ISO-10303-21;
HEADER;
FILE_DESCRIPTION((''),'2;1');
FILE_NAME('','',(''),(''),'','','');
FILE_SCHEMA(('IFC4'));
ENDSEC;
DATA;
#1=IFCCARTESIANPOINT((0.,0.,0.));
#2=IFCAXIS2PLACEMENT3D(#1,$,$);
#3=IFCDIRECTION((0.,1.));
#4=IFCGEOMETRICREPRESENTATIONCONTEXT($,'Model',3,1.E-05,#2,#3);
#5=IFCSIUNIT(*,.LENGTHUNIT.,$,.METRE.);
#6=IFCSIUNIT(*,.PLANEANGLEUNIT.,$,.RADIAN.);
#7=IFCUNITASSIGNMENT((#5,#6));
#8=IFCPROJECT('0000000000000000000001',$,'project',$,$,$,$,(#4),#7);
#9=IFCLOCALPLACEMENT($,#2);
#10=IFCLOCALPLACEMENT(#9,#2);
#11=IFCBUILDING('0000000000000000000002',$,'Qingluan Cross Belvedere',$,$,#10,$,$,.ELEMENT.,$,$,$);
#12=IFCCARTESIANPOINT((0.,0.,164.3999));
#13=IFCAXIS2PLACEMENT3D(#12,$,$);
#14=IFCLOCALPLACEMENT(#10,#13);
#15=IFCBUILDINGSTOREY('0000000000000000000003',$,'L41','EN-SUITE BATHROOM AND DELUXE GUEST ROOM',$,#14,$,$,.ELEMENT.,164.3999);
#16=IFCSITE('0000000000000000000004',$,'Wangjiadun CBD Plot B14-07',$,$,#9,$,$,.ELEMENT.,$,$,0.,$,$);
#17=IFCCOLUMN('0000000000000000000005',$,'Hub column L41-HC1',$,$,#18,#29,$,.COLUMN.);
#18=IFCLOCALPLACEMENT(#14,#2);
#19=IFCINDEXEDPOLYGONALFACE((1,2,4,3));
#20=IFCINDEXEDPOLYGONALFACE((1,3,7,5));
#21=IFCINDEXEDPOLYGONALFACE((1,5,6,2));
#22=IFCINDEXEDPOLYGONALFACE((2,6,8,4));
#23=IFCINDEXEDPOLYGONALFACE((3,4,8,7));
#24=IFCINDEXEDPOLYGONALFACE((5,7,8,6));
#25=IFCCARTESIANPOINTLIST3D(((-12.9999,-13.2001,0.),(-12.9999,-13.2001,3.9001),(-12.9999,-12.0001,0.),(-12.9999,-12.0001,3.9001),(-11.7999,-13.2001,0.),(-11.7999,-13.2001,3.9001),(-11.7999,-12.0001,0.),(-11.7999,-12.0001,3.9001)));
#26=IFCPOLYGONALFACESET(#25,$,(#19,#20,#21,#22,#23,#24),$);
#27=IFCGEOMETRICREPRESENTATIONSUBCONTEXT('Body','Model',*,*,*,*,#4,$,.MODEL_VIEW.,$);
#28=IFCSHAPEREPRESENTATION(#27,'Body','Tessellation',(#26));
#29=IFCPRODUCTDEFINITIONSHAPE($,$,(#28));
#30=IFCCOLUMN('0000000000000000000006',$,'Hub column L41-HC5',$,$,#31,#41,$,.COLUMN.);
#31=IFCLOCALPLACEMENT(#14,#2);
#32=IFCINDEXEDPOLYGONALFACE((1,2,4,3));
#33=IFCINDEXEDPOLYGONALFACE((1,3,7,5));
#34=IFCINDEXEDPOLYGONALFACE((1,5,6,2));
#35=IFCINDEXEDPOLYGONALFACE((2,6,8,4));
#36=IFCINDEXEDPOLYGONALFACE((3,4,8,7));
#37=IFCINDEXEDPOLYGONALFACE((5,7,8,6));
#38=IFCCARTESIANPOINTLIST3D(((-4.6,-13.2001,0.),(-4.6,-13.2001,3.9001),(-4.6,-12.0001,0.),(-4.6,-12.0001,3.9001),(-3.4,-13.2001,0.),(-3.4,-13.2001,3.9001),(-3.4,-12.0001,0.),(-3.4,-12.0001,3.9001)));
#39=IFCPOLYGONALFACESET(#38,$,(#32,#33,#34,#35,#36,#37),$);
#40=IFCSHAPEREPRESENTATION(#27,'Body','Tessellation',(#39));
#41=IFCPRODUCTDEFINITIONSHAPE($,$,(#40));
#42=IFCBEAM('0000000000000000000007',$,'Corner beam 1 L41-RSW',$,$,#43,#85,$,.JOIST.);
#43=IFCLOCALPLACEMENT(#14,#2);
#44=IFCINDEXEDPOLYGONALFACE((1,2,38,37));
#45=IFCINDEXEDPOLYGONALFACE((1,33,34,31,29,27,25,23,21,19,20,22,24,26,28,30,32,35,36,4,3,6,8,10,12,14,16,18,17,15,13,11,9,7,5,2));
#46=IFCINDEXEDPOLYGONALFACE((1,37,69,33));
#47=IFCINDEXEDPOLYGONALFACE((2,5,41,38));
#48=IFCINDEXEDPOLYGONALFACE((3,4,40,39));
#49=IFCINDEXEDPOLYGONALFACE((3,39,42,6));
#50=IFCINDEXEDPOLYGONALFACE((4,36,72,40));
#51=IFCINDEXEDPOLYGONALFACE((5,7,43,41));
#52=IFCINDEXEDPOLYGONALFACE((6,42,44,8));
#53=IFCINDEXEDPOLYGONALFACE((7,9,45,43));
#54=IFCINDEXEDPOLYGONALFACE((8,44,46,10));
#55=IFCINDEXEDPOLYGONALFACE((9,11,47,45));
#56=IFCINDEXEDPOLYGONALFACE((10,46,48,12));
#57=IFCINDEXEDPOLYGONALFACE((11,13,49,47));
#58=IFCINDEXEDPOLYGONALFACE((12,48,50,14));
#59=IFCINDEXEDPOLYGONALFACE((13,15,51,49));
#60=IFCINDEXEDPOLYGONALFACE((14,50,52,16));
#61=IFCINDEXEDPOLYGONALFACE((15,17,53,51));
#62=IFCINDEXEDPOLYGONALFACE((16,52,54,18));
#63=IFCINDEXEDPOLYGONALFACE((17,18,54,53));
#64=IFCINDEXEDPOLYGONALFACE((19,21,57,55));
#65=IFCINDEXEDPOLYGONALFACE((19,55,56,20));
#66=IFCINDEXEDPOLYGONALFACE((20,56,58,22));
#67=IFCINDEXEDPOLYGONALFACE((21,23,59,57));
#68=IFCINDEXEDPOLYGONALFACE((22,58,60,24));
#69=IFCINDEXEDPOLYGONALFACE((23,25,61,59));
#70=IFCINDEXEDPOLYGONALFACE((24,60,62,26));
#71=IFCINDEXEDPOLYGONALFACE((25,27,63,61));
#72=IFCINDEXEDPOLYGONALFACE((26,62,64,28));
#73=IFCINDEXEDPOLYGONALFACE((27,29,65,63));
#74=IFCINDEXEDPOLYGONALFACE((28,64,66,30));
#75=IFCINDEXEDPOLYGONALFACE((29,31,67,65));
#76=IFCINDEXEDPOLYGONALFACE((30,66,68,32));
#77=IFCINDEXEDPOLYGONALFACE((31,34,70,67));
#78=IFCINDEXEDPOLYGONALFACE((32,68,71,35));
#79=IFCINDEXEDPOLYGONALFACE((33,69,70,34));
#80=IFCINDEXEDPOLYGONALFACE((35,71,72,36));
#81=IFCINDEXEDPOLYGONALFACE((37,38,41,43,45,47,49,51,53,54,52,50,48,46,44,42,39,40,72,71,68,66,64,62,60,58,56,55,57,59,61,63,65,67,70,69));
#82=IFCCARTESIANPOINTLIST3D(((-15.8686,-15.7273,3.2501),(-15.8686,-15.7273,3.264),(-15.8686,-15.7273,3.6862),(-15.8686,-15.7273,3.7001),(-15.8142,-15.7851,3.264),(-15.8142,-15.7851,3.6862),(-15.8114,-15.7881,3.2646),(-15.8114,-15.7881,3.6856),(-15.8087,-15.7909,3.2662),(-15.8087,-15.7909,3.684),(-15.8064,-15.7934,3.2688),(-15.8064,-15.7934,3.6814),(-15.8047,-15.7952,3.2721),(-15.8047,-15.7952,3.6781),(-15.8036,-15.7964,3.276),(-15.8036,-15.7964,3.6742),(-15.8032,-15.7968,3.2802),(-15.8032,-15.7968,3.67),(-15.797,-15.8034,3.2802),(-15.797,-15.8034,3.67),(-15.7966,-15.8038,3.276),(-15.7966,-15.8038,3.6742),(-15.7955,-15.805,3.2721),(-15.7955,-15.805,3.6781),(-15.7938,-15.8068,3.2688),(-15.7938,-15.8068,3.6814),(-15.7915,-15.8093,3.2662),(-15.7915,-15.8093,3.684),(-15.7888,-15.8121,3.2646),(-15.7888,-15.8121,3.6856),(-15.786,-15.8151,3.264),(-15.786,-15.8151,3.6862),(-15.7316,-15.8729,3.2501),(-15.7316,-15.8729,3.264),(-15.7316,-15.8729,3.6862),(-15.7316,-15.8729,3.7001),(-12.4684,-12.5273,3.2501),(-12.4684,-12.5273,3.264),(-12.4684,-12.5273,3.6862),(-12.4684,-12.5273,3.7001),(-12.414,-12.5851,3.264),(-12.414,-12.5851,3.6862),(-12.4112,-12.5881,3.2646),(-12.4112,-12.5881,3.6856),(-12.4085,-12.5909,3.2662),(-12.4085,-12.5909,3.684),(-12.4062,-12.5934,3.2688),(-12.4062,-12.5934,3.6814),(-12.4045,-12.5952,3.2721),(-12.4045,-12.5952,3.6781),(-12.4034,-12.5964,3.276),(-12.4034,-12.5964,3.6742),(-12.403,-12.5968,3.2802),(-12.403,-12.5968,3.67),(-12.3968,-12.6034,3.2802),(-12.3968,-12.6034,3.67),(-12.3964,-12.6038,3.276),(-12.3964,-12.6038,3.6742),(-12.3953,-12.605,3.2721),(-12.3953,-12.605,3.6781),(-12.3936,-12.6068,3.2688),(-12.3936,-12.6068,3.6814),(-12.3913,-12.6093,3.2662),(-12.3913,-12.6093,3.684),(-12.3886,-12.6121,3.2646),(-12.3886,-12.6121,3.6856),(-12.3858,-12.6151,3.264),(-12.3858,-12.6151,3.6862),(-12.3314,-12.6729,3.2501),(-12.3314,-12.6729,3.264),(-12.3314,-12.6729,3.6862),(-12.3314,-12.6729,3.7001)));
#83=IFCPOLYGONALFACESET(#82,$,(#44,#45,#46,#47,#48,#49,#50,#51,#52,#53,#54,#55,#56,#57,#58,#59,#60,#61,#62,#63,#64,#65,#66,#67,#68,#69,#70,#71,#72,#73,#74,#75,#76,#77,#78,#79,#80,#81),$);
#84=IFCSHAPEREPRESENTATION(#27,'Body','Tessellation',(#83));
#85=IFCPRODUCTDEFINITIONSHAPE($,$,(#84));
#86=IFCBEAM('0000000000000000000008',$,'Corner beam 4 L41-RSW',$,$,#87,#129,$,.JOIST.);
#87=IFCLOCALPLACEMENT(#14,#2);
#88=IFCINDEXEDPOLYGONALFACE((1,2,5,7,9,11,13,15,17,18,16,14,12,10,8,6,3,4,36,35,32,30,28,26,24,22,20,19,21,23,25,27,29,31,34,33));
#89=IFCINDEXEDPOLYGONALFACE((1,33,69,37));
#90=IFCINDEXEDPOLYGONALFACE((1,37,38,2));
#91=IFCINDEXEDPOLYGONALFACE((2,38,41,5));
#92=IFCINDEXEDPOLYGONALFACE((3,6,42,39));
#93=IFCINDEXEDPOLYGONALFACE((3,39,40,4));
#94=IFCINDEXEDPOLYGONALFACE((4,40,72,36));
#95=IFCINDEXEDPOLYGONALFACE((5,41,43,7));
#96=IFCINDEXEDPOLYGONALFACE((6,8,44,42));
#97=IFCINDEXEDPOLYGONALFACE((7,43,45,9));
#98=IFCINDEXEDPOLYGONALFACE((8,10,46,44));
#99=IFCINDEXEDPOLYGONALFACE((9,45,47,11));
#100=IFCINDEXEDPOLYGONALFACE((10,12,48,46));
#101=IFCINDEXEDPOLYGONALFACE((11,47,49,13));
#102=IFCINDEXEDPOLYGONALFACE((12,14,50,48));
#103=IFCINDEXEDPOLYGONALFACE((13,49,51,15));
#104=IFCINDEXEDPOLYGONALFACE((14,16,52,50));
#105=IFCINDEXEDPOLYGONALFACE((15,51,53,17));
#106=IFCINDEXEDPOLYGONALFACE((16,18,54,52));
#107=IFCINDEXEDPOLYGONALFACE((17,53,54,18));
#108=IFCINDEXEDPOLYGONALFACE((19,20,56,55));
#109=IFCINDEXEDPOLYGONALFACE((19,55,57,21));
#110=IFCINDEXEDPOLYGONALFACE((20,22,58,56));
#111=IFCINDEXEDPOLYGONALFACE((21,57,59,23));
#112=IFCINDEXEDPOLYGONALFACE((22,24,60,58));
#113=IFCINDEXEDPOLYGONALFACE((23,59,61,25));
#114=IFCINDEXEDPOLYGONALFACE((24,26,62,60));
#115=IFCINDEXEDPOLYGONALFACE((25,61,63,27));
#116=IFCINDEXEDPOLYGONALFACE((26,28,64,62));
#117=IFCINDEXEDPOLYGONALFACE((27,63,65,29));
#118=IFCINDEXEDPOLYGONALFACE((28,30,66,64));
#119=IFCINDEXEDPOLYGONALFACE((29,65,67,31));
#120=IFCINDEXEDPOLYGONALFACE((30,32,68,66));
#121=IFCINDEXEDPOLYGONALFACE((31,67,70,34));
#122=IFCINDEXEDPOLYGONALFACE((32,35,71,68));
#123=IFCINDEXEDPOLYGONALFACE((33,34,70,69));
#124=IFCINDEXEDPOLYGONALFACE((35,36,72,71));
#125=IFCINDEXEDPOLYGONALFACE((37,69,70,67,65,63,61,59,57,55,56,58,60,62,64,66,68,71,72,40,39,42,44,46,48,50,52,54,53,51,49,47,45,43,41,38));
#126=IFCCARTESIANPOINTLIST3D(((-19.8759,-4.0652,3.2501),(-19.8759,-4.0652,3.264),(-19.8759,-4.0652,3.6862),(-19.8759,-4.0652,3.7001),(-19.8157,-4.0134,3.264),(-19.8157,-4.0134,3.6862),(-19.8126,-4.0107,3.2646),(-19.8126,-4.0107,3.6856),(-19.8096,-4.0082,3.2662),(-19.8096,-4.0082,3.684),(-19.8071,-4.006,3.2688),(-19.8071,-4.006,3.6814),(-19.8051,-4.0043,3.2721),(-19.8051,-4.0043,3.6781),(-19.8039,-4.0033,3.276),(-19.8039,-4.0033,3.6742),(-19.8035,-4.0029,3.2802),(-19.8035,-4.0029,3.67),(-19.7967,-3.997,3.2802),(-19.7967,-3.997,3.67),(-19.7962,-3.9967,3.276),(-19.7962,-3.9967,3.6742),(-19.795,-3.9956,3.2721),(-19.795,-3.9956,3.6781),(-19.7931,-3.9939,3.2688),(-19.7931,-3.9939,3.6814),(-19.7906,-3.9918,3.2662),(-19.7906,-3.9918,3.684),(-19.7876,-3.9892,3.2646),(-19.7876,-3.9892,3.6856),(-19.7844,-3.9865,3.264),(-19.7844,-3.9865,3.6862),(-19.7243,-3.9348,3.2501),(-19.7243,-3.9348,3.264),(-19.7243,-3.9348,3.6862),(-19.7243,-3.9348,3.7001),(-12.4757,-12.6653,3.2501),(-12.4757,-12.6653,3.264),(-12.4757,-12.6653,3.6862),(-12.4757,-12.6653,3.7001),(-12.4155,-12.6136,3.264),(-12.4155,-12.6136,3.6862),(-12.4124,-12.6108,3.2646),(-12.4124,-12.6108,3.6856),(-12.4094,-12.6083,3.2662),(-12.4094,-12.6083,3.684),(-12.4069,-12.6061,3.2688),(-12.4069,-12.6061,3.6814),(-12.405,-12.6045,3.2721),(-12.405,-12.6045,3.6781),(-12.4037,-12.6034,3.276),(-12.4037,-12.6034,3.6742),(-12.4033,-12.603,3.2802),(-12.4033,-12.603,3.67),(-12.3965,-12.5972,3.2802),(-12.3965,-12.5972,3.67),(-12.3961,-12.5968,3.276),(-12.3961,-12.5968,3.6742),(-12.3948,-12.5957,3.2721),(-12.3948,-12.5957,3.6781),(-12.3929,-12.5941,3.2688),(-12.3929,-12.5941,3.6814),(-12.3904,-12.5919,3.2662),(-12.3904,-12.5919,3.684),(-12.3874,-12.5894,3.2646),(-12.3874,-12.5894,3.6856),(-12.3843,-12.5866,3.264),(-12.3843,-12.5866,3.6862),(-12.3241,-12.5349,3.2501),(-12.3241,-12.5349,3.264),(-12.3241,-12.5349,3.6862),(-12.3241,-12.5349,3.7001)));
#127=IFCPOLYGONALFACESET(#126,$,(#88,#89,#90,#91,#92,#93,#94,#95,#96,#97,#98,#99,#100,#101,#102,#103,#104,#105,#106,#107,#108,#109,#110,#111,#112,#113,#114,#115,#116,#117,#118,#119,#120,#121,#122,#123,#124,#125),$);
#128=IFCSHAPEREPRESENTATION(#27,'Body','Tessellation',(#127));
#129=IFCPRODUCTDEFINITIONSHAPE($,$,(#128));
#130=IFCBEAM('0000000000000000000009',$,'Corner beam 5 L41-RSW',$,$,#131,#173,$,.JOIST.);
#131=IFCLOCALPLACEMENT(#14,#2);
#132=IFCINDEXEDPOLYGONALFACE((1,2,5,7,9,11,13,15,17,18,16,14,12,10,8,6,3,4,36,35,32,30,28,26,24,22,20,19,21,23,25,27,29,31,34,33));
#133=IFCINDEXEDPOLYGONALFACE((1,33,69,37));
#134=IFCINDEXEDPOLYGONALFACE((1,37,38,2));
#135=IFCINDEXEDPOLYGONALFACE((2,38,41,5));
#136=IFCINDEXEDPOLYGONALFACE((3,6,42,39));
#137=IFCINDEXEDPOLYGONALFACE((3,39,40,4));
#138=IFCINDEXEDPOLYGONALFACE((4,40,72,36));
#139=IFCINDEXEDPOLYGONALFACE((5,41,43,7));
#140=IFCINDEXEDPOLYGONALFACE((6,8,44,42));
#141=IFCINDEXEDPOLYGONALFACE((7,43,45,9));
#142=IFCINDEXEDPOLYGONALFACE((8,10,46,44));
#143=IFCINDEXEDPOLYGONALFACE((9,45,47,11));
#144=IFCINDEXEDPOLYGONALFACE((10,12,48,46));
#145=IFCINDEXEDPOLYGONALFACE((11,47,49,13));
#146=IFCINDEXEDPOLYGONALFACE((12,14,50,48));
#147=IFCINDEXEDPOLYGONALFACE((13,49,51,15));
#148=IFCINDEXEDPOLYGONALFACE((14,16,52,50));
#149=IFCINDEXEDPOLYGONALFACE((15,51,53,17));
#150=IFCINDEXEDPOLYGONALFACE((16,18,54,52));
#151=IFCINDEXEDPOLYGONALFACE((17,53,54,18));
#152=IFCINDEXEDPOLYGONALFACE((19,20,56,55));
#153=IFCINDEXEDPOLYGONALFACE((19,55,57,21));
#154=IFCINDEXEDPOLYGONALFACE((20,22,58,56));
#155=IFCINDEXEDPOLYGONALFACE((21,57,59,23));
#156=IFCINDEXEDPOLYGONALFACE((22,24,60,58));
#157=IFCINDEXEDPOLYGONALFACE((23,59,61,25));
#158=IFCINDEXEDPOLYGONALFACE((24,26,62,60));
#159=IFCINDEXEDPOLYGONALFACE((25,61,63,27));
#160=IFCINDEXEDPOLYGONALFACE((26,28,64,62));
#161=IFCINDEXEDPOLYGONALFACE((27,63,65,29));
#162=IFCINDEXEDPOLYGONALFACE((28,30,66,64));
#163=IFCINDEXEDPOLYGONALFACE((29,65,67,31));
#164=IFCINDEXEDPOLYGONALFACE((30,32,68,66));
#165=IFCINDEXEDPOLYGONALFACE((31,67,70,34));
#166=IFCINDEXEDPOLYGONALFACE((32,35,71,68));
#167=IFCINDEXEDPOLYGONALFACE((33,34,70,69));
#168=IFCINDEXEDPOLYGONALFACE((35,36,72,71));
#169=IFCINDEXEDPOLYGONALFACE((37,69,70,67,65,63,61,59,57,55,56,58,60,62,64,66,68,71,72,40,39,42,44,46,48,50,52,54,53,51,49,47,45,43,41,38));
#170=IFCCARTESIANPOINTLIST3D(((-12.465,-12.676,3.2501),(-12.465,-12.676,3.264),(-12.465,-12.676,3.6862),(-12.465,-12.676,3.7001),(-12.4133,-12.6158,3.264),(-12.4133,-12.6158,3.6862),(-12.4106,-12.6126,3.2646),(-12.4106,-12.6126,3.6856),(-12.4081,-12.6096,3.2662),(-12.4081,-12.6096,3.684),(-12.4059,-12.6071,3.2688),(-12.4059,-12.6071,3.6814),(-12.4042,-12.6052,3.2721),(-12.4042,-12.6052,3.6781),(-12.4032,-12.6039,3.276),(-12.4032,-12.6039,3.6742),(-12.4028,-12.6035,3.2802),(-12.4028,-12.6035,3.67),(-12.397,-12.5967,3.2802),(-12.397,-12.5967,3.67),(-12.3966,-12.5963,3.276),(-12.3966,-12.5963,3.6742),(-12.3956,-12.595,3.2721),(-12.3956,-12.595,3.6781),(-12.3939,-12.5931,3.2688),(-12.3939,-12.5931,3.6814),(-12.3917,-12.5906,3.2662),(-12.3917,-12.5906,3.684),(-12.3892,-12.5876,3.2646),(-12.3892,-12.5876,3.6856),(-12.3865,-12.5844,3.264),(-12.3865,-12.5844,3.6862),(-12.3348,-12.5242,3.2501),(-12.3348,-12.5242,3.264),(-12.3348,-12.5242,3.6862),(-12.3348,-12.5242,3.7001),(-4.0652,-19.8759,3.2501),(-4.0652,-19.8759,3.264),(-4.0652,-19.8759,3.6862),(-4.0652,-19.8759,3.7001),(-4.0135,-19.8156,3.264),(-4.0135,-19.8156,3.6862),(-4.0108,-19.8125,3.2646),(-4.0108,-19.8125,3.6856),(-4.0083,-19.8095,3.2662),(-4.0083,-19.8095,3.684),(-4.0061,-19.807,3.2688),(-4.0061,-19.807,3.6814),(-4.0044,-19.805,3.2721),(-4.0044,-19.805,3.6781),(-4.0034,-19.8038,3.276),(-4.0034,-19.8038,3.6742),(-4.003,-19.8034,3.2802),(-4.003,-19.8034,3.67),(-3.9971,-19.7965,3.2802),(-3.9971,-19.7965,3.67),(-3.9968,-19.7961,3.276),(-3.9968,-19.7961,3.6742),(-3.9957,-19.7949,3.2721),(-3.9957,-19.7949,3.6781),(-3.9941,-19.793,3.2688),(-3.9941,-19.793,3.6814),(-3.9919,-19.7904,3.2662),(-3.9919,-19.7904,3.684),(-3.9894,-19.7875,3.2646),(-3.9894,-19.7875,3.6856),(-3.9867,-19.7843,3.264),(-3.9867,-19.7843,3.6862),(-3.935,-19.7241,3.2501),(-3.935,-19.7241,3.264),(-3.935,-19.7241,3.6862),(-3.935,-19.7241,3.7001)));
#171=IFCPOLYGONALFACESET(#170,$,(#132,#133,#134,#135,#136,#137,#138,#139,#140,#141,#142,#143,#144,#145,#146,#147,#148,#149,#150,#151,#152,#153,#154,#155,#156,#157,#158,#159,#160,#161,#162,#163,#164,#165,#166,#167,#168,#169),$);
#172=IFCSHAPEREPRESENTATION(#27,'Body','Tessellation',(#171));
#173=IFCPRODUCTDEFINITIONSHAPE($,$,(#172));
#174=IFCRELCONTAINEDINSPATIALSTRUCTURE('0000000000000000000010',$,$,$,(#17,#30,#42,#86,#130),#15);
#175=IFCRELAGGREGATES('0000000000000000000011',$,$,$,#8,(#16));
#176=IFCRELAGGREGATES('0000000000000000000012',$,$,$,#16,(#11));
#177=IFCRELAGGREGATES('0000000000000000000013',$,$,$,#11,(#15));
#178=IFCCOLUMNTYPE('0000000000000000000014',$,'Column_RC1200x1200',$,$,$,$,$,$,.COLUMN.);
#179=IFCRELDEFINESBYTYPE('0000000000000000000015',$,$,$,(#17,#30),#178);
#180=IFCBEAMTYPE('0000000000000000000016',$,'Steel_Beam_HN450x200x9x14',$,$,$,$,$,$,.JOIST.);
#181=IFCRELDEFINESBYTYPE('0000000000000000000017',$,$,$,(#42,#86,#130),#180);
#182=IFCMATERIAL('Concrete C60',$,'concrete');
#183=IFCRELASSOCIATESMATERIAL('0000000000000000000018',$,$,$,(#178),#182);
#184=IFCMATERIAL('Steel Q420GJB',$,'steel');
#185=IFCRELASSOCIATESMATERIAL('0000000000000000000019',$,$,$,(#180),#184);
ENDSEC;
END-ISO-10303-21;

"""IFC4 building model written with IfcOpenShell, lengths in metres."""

from ifc_helpers import new_model, si_unit, direction, frame, origin, origin_2d, place, context, subcontext, project, spatial, rectangle, i_section, extrude, material, material_profile, profile_set, type_object, element, save


model = new_model("IFC4")

# Units and contexts
model_context = context("Model", 3, precision=1e-05, world=origin(), true_north=direction((0.0, 1.0)))
body_context = subcontext(model_context, "Body", "Model", "MODEL_VIEW")
ifc_project = project(units=[si_unit("LENGTHUNIT", "METRE"), si_unit("PLANEANGLEUNIT", "RADIAN")], contexts=[model_context])

# Site, building, storey
site_placement = place(None, origin())
site = spatial("IfcSite", under=ifc_project, at=site_placement, Name="Wangjiadun CBD Plot B14-07", CompositionType="ELEMENT", RefElevation=0.0)
building_placement = place(site_placement, origin())
building = spatial("IfcBuilding", under=site, at=building_placement, Name="Qingluan Cross Belvedere", CompositionType="ELEMENT")
storey_placement = place(building_placement, frame((0.0, 0.0, 164.3999)))
storey = spatial("IfcBuildingStorey", under=building, at=storey_placement, Name="L41", Description="EN-SUITE BATHROOM AND DELUXE GUEST ROOM", CompositionType="ELEMENT", Elevation=164.3999)

# Columns
ifc_material_1 = material(Name="Concrete C60", Category="concrete")
ifc_material_profile_1 = material_profile(ifc_material_1, rectangle(XDim=1.2, YDim=1.2, at=origin_2d()), Name="RC1200x1200")
ifc_profile_set_1 = profile_set([ifc_material_profile_1], Name="Concrete C60")
column_type = type_object("IfcColumnType", Name="Column_RC1200x1200", PredefinedType="COLUMN", material=ifc_profile_set_1)
for number, where, z_axis, x_axis, name in (
    (1, (-12.3999, -12.6001, 0.0), (0.0, 0.0, 1.0), (1.0, 0.0, 0.0), "Hub column L41-HC1"),
    (2, (-4.0, -12.6001, 0.0), (0.0, 0.0, 1.0), (1.0, 0.0, 0.0), "Hub column L41-HC5"),
):
    element("IfcColumn", number, at=place(storey_placement, frame(where, z_axis=z_axis, x_axis=x_axis)), inside=storey, type_object=column_type, Name=name, PredefinedType="COLUMN", context=body_context, shape_type="SweptSolid", body=[
        extrude(rectangle(XDim=1.2, YDim=1.2, at=origin_2d()), origin(), (0.0, 0.0, 1.0), 3.9001),
    ])

# Beams
ifc_material_2 = material(Name="Steel Q420GJB", Category="steel")
ifc_material_profile_2 = material_profile(ifc_material_2, i_section(OverallWidth=0.2, OverallDepth=0.45, WebThickness=0.009, FlangeThickness=0.0139, FilletRadius=0.0161, at=origin_2d()), Name="HN450x200x9x14")
ifc_profile_set_2 = profile_set([ifc_material_profile_2], Name="Steel Q420GJB")
beam_type_1 = type_object("IfcBeamType", Name="Steel_Beam_HN450x200x9x14", PredefinedType="JOIST", material=ifc_profile_set_2)
beam_1_placement = place(storey_placement, frame((-12.3999, -12.6001, 3.4751), z_axis=(-0.72822, -0.685343, 0.0), x_axis=(0.685343, -0.72822, 0.0)))
element("IfcBeam", 3, at=beam_1_placement, inside=storey, type_object=beam_type_1, Name="Corner beam 1 L41-RSW", PredefinedType="JOIST", context=body_context, shape_type="SweptSolid", body=[
    extrude(i_section(OverallWidth=0.2, OverallDepth=0.45, WebThickness=0.009, FlangeThickness=0.0139, FilletRadius=0.0161, at=origin_2d()), origin(), (0.0, 0.0, 1.0), 4.6692),
])
beam_2_placement = place(storey_placement, frame((-12.3999, -12.6001, 3.4751), z_axis=(-0.652245, 0.758008, 0.0), x_axis=(-0.758008, -0.652245, 0.0)))
element("IfcBeam", 4, at=beam_2_placement, inside=storey, type_object=beam_type_1, Name="Corner beam 4 L41-RSW", PredefinedType="JOIST", context=body_context, shape_type="SweptSolid", body=[
    extrude(i_section(OverallWidth=0.2, OverallDepth=0.45, WebThickness=0.009, FlangeThickness=0.0139, FilletRadius=0.0161, at=origin_2d()), origin(), (0.0, 0.0, 1.0), 11.3457),
])
beam_3_placement = place(storey_placement, frame((-12.3999, -12.6001, 3.4751), z_axis=(0.759255, -0.650793, 0.0), x_axis=(0.650793, 0.759255, 0.0)))
element("IfcBeam", 5, at=beam_3_placement, inside=storey, type_object=beam_type_1, Name="Corner beam 5 L41-RSW", PredefinedType="JOIST", context=body_context, shape_type="SweptSolid", body=[
    extrude(i_section(OverallWidth=0.2, OverallDepth=0.45, WebThickness=0.009, FlangeThickness=0.0139, FilletRadius=0.0161, at=origin_2d()), origin(), (0.0, 0.0, 1.0), 11.0632),
])

save(model, "model.ifc")
